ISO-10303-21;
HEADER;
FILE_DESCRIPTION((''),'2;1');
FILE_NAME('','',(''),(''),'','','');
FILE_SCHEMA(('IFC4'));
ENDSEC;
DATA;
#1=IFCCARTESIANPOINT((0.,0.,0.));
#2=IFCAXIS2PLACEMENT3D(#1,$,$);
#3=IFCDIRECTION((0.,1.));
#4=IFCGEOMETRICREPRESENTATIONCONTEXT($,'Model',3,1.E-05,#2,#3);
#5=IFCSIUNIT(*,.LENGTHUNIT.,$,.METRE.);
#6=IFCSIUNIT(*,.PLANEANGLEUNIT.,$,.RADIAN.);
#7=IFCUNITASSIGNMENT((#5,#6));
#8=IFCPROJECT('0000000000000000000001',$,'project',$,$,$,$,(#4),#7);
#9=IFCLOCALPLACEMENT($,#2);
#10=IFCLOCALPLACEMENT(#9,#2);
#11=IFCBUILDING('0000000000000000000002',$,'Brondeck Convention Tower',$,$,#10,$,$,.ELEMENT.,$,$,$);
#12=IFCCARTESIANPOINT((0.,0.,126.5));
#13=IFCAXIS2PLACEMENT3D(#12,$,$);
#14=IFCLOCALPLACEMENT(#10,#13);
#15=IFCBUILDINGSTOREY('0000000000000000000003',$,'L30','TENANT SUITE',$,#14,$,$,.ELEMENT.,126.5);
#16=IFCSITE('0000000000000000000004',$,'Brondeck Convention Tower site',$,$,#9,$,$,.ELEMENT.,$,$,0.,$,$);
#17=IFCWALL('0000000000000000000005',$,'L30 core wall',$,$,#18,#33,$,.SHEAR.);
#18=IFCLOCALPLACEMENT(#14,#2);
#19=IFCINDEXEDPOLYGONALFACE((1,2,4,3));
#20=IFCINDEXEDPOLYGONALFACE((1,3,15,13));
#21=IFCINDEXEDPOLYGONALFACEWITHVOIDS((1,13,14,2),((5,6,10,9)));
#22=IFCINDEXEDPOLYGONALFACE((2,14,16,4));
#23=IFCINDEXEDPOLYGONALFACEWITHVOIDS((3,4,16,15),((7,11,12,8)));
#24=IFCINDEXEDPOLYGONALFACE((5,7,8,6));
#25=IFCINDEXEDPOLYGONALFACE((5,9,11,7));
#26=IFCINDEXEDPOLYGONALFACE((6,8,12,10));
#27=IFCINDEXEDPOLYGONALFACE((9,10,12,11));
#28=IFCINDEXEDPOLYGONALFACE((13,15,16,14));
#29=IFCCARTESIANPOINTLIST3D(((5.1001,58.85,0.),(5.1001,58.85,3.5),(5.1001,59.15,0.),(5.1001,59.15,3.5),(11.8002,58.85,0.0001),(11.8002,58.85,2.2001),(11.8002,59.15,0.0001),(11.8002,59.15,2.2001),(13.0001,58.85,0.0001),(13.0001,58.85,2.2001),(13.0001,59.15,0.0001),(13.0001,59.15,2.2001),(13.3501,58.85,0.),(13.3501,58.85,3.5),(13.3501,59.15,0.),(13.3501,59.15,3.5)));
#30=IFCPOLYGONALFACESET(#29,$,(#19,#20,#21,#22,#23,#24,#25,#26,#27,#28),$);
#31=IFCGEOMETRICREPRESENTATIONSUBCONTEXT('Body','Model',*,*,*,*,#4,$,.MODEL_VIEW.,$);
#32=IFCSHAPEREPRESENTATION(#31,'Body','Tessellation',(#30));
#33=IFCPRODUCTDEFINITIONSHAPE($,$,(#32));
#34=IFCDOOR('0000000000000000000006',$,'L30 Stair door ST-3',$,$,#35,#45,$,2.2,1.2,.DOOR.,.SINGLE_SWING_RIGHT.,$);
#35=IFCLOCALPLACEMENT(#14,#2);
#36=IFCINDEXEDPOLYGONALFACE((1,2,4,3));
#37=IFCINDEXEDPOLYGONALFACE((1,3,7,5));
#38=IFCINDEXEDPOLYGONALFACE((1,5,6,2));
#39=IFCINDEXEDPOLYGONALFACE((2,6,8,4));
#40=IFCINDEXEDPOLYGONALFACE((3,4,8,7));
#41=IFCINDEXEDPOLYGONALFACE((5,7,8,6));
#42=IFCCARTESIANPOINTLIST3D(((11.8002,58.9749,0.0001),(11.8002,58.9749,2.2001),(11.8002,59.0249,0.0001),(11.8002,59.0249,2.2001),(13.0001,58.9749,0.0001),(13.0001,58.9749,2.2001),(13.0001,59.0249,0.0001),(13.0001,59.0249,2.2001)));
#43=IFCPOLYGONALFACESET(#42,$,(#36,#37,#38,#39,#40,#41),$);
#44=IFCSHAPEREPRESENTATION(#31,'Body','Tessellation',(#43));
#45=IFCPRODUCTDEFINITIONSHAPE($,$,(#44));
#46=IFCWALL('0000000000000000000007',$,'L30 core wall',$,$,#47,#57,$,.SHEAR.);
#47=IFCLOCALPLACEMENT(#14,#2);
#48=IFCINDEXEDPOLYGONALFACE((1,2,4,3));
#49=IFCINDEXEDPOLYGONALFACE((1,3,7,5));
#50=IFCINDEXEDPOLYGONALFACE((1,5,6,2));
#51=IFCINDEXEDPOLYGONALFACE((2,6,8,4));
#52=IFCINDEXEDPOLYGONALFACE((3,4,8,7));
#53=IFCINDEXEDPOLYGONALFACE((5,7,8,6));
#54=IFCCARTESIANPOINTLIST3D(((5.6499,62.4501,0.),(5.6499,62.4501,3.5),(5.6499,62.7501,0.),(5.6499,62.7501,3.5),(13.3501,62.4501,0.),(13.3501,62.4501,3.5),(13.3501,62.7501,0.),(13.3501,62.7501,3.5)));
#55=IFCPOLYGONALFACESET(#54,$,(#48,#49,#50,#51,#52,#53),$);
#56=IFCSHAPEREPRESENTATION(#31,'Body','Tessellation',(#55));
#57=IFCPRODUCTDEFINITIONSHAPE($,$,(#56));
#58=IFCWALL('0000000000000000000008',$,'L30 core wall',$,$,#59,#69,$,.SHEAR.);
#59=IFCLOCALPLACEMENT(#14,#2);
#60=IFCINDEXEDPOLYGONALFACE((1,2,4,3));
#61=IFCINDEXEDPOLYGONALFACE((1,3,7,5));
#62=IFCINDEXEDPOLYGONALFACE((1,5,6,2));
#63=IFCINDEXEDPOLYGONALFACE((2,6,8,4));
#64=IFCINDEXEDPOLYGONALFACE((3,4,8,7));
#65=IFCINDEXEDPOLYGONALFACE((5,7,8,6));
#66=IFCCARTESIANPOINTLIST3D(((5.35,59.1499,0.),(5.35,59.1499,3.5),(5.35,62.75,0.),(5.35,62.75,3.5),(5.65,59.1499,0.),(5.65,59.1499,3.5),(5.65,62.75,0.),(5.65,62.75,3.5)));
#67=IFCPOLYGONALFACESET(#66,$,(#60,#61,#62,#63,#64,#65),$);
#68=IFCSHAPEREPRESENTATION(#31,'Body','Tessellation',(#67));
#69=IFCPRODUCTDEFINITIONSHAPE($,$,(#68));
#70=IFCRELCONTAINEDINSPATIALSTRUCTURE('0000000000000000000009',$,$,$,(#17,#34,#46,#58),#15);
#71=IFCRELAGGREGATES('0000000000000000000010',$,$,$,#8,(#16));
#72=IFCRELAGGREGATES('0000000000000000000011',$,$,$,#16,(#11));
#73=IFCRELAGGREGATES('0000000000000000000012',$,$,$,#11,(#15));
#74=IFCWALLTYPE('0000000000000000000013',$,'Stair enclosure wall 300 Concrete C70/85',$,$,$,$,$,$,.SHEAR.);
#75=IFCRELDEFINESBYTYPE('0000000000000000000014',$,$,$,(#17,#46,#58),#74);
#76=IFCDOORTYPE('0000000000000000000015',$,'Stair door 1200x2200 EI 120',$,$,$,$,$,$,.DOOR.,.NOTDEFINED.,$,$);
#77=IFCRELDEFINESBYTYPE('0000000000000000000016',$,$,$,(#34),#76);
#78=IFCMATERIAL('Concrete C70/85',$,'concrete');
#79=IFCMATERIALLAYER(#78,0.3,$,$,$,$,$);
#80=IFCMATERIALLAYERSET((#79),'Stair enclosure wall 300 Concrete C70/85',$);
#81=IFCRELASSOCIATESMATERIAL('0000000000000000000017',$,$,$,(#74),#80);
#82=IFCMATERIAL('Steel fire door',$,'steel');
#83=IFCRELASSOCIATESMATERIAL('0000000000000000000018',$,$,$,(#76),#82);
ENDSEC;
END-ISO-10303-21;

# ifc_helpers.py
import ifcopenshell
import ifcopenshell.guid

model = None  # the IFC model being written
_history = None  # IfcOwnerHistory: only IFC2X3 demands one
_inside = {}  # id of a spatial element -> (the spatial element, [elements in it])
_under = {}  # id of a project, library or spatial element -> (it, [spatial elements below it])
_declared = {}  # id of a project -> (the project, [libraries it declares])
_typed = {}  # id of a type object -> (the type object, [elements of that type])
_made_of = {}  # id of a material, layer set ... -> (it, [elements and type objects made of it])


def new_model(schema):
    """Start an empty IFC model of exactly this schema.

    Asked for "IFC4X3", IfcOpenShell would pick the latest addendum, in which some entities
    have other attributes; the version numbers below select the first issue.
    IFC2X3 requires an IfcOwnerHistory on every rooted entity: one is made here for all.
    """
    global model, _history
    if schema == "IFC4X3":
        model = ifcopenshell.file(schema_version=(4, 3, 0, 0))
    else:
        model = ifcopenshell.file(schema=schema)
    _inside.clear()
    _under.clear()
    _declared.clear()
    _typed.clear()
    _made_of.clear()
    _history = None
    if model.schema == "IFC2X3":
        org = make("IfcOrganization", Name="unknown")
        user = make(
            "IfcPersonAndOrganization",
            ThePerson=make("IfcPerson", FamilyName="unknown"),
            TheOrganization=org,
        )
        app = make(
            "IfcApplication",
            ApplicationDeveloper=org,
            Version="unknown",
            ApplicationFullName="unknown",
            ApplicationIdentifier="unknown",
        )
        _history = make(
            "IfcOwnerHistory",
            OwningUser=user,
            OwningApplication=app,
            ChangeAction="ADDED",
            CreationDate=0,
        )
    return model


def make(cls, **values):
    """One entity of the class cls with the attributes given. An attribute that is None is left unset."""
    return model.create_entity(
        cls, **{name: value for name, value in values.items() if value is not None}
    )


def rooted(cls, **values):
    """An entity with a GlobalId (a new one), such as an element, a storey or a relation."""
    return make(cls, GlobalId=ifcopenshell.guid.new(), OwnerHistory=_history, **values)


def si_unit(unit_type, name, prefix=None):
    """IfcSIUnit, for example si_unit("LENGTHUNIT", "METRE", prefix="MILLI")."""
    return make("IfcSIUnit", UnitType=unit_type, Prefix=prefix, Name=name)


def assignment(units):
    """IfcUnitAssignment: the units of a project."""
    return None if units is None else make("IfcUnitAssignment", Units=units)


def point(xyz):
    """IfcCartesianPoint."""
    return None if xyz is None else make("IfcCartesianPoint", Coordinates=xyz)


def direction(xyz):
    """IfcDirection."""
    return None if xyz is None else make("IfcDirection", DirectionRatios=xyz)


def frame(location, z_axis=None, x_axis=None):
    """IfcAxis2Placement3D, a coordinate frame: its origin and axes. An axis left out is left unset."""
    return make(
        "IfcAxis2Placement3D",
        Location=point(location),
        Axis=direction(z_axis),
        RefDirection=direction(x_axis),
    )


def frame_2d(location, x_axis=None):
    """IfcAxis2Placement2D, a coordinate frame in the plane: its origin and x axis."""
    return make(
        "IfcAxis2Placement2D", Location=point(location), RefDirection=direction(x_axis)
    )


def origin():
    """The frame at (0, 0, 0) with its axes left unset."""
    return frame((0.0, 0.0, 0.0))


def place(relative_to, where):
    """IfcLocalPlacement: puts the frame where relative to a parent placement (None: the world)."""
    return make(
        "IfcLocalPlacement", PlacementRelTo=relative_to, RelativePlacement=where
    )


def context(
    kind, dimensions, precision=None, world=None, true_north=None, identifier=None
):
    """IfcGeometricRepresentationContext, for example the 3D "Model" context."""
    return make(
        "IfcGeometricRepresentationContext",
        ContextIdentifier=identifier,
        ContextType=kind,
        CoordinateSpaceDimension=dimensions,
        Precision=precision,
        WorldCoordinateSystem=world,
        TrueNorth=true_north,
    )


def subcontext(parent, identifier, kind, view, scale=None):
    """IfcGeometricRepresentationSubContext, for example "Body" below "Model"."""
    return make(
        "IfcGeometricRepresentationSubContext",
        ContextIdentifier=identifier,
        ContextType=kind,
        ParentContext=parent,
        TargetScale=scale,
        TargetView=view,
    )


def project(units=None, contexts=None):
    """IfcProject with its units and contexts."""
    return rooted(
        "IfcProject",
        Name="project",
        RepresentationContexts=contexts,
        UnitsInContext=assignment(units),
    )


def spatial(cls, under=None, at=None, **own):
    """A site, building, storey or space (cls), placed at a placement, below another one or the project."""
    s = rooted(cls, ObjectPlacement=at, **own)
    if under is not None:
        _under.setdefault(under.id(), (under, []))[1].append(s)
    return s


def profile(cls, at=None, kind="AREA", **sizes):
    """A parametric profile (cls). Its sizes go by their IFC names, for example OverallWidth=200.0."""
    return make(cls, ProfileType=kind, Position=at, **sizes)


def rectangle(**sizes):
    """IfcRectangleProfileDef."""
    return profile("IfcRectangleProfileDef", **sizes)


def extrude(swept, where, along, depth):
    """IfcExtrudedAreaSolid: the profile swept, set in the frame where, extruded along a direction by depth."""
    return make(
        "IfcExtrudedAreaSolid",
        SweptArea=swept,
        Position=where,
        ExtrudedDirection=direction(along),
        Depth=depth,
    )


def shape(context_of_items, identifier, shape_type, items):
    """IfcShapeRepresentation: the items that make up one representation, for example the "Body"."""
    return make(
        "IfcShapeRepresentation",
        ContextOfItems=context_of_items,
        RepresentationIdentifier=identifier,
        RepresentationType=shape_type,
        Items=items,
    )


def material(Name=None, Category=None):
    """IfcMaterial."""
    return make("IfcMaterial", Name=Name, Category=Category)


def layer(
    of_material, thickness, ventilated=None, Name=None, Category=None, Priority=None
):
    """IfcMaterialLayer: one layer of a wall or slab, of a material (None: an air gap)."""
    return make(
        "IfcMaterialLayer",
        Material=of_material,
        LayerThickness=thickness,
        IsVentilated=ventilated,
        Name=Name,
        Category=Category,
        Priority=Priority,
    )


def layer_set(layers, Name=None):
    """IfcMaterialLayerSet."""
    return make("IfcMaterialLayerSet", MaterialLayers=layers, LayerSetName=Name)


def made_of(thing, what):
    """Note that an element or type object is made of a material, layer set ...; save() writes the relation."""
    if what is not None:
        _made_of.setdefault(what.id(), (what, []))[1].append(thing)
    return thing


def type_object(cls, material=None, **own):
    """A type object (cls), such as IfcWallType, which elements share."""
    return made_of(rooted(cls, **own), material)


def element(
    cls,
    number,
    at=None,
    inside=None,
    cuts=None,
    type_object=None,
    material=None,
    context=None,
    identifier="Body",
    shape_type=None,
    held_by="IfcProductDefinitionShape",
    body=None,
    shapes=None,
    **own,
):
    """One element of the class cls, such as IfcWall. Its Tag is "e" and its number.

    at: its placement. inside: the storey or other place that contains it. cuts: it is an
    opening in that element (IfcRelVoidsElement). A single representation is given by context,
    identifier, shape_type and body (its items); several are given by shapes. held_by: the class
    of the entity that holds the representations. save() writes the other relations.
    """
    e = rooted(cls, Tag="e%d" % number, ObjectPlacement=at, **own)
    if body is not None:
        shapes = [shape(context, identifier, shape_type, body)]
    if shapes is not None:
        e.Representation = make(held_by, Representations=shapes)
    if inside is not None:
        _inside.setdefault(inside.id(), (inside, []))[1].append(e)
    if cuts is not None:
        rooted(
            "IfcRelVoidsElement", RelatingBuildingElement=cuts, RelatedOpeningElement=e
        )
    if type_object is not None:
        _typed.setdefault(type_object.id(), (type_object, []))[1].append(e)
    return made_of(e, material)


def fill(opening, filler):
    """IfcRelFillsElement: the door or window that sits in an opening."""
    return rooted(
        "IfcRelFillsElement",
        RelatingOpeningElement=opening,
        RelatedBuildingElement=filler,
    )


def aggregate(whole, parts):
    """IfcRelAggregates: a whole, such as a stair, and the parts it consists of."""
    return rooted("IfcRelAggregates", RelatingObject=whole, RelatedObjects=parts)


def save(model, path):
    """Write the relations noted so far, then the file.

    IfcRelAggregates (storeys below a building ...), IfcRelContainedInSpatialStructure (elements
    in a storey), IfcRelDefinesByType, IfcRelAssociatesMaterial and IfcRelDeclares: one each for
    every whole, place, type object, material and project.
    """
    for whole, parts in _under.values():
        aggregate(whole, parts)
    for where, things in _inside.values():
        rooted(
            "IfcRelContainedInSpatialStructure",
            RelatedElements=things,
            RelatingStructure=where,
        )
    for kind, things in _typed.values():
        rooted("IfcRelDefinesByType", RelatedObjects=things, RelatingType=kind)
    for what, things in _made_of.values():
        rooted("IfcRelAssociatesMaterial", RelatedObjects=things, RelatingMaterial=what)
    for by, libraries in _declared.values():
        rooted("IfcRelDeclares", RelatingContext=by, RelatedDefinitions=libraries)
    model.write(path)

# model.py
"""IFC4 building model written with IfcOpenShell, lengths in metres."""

from ifc_helpers import new_model, si_unit, direction, frame, frame_2d, origin, place, context, subcontext, project, spatial, rectangle, extrude, material, layer, layer_set, type_object, element, fill, save


model = new_model("IFC4")

# Units and contexts
model_context = context("Model", 3, precision=1e-05, world=origin(), true_north=direction((0.0, 1.0)))
body_context = subcontext(model_context, "Body", "Model", "MODEL_VIEW")
ifc_project = project(units=[si_unit("LENGTHUNIT", "METRE"), si_unit("PLANEANGLEUNIT", "RADIAN")], contexts=[model_context])

# Site, building, storey
site_placement = place(None, origin())
site = spatial("IfcSite", under=ifc_project, at=site_placement, Name="Brondeck Convention Tower site", CompositionType="ELEMENT", RefElevation=0.0)
building_placement = place(site_placement, origin())
building = spatial("IfcBuilding", under=site, at=building_placement, Name="Brondeck Convention Tower", CompositionType="ELEMENT")
storey_placement = place(building_placement, frame((0.0, 0.0, 126.5)))
storey = spatial("IfcBuildingStorey", under=building, at=storey_placement, Name="L30", Description="TENANT SUITE", CompositionType="ELEMENT", Elevation=126.5)

# Shared definitions
ifc_material_1 = material(Name="Concrete C70/85", Category="concrete")

# Wall, opening, door
ifc_layer_1 = layer(ifc_material_1, 0.3)
ifc_layer_set_1 = layer_set([ifc_layer_1], Name="Stair enclosure wall 300 Concrete C70/85")
wall_type_1 = type_object("IfcWallType", Name="Stair enclosure wall 300 Concrete C70/85", PredefinedType="SHEAR", material=ifc_layer_set_1)
wall_1_placement = place(storey_placement, frame((5.1001, 59.0, 0.0), z_axis=(0.0, 0.0, 1.0), x_axis=(1.0, 0.0, 0.0)))
wall_1 = element("IfcWall", 1, at=wall_1_placement, inside=storey, type_object=wall_type_1, Name="L30 core wall", PredefinedType="SHEAR", context=body_context, shape_type="SweptSolid", body=[
    extrude(rectangle(XDim=8.25, YDim=0.3, at=frame_2d((4.125, 0.0))), origin(), (0.0, 0.0, 1.0), 3.5),
])
opening_1_placement = place(wall_1_placement, frame((6.7, 0.0, 0.0)))
opening_1 = element("IfcOpeningElement", 2, at=opening_1_placement, cuts=wall_1, PredefinedType="OPENING", context=body_context, shape_type="SweptSolid", body=[
    extrude(rectangle(XDim=1.2, YDim=2.2, at=frame_2d((0.6001, 1.1001))), frame((0.0, 0.1599, 0.0), z_axis=(0.0, -1.0, 0.0), x_axis=(1.0, 0.0, 0.0)), (0.0, 0.0, 1.0), 0.3201),
])
ifc_material_2 = material(Name="Steel fire door", Category="steel")
door_type_1 = type_object("IfcDoorType", Name="Stair door 1200x2200 EI 120", OperationType="NOTDEFINED", PredefinedType="DOOR", material=ifc_material_2)
door_1_placement = place(opening_1_placement, origin())
door_1 = element("IfcDoor", 3, at=door_1_placement, inside=storey, type_object=door_type_1, Name="L30 Stair door ST-3", OperationType="SINGLE_SWING_RIGHT", OverallHeight=2.2, OverallWidth=1.2, PredefinedType="DOOR", context=body_context, shape_type="SweptSolid", body=[
    extrude(rectangle(XDim=1.2, YDim=2.2, at=frame_2d((0.6001, 1.1001))), frame((0.0, 0.0249, 0.0), z_axis=(0.0, -1.0, 0.0), x_axis=(1.0, 0.0, 0.0)), (0.0, 0.0, 1.0), 0.05),
])
fill(opening_1, door_1)

# Walls
wall_2_placement = place(storey_placement, frame((5.6499, 62.6001, 0.0), z_axis=(0.0, 0.0, 1.0), x_axis=(1.0, 0.0, 0.0)))
element("IfcWall", 4, at=wall_2_placement, inside=storey, type_object=wall_type_1, Name="L30 core wall", PredefinedType="SHEAR", context=body_context, shape_type="SweptSolid", body=[
    extrude(rectangle(XDim=7.7002, YDim=0.3, at=frame_2d((3.8501, 0.0))), origin(), (0.0, 0.0, 1.0), 3.5),
])
wall_3_placement = place(storey_placement, frame((5.5, 59.1499, 0.0), z_axis=(0.0, 0.0, 1.0), x_axis=(0.0, 1.0, 0.0)))
element("IfcWall", 5, at=wall_3_placement, inside=storey, type_object=wall_type_1, Name="L30 core wall", PredefinedType="SHEAR", context=body_context, shape_type="SweptSolid", body=[
    extrude(rectangle(XDim=3.6001, YDim=0.3, at=frame_2d((1.8, 0.0))), origin(), (0.0, 0.0, 1.0), 3.5),
])

save(model, "model.ifc")
